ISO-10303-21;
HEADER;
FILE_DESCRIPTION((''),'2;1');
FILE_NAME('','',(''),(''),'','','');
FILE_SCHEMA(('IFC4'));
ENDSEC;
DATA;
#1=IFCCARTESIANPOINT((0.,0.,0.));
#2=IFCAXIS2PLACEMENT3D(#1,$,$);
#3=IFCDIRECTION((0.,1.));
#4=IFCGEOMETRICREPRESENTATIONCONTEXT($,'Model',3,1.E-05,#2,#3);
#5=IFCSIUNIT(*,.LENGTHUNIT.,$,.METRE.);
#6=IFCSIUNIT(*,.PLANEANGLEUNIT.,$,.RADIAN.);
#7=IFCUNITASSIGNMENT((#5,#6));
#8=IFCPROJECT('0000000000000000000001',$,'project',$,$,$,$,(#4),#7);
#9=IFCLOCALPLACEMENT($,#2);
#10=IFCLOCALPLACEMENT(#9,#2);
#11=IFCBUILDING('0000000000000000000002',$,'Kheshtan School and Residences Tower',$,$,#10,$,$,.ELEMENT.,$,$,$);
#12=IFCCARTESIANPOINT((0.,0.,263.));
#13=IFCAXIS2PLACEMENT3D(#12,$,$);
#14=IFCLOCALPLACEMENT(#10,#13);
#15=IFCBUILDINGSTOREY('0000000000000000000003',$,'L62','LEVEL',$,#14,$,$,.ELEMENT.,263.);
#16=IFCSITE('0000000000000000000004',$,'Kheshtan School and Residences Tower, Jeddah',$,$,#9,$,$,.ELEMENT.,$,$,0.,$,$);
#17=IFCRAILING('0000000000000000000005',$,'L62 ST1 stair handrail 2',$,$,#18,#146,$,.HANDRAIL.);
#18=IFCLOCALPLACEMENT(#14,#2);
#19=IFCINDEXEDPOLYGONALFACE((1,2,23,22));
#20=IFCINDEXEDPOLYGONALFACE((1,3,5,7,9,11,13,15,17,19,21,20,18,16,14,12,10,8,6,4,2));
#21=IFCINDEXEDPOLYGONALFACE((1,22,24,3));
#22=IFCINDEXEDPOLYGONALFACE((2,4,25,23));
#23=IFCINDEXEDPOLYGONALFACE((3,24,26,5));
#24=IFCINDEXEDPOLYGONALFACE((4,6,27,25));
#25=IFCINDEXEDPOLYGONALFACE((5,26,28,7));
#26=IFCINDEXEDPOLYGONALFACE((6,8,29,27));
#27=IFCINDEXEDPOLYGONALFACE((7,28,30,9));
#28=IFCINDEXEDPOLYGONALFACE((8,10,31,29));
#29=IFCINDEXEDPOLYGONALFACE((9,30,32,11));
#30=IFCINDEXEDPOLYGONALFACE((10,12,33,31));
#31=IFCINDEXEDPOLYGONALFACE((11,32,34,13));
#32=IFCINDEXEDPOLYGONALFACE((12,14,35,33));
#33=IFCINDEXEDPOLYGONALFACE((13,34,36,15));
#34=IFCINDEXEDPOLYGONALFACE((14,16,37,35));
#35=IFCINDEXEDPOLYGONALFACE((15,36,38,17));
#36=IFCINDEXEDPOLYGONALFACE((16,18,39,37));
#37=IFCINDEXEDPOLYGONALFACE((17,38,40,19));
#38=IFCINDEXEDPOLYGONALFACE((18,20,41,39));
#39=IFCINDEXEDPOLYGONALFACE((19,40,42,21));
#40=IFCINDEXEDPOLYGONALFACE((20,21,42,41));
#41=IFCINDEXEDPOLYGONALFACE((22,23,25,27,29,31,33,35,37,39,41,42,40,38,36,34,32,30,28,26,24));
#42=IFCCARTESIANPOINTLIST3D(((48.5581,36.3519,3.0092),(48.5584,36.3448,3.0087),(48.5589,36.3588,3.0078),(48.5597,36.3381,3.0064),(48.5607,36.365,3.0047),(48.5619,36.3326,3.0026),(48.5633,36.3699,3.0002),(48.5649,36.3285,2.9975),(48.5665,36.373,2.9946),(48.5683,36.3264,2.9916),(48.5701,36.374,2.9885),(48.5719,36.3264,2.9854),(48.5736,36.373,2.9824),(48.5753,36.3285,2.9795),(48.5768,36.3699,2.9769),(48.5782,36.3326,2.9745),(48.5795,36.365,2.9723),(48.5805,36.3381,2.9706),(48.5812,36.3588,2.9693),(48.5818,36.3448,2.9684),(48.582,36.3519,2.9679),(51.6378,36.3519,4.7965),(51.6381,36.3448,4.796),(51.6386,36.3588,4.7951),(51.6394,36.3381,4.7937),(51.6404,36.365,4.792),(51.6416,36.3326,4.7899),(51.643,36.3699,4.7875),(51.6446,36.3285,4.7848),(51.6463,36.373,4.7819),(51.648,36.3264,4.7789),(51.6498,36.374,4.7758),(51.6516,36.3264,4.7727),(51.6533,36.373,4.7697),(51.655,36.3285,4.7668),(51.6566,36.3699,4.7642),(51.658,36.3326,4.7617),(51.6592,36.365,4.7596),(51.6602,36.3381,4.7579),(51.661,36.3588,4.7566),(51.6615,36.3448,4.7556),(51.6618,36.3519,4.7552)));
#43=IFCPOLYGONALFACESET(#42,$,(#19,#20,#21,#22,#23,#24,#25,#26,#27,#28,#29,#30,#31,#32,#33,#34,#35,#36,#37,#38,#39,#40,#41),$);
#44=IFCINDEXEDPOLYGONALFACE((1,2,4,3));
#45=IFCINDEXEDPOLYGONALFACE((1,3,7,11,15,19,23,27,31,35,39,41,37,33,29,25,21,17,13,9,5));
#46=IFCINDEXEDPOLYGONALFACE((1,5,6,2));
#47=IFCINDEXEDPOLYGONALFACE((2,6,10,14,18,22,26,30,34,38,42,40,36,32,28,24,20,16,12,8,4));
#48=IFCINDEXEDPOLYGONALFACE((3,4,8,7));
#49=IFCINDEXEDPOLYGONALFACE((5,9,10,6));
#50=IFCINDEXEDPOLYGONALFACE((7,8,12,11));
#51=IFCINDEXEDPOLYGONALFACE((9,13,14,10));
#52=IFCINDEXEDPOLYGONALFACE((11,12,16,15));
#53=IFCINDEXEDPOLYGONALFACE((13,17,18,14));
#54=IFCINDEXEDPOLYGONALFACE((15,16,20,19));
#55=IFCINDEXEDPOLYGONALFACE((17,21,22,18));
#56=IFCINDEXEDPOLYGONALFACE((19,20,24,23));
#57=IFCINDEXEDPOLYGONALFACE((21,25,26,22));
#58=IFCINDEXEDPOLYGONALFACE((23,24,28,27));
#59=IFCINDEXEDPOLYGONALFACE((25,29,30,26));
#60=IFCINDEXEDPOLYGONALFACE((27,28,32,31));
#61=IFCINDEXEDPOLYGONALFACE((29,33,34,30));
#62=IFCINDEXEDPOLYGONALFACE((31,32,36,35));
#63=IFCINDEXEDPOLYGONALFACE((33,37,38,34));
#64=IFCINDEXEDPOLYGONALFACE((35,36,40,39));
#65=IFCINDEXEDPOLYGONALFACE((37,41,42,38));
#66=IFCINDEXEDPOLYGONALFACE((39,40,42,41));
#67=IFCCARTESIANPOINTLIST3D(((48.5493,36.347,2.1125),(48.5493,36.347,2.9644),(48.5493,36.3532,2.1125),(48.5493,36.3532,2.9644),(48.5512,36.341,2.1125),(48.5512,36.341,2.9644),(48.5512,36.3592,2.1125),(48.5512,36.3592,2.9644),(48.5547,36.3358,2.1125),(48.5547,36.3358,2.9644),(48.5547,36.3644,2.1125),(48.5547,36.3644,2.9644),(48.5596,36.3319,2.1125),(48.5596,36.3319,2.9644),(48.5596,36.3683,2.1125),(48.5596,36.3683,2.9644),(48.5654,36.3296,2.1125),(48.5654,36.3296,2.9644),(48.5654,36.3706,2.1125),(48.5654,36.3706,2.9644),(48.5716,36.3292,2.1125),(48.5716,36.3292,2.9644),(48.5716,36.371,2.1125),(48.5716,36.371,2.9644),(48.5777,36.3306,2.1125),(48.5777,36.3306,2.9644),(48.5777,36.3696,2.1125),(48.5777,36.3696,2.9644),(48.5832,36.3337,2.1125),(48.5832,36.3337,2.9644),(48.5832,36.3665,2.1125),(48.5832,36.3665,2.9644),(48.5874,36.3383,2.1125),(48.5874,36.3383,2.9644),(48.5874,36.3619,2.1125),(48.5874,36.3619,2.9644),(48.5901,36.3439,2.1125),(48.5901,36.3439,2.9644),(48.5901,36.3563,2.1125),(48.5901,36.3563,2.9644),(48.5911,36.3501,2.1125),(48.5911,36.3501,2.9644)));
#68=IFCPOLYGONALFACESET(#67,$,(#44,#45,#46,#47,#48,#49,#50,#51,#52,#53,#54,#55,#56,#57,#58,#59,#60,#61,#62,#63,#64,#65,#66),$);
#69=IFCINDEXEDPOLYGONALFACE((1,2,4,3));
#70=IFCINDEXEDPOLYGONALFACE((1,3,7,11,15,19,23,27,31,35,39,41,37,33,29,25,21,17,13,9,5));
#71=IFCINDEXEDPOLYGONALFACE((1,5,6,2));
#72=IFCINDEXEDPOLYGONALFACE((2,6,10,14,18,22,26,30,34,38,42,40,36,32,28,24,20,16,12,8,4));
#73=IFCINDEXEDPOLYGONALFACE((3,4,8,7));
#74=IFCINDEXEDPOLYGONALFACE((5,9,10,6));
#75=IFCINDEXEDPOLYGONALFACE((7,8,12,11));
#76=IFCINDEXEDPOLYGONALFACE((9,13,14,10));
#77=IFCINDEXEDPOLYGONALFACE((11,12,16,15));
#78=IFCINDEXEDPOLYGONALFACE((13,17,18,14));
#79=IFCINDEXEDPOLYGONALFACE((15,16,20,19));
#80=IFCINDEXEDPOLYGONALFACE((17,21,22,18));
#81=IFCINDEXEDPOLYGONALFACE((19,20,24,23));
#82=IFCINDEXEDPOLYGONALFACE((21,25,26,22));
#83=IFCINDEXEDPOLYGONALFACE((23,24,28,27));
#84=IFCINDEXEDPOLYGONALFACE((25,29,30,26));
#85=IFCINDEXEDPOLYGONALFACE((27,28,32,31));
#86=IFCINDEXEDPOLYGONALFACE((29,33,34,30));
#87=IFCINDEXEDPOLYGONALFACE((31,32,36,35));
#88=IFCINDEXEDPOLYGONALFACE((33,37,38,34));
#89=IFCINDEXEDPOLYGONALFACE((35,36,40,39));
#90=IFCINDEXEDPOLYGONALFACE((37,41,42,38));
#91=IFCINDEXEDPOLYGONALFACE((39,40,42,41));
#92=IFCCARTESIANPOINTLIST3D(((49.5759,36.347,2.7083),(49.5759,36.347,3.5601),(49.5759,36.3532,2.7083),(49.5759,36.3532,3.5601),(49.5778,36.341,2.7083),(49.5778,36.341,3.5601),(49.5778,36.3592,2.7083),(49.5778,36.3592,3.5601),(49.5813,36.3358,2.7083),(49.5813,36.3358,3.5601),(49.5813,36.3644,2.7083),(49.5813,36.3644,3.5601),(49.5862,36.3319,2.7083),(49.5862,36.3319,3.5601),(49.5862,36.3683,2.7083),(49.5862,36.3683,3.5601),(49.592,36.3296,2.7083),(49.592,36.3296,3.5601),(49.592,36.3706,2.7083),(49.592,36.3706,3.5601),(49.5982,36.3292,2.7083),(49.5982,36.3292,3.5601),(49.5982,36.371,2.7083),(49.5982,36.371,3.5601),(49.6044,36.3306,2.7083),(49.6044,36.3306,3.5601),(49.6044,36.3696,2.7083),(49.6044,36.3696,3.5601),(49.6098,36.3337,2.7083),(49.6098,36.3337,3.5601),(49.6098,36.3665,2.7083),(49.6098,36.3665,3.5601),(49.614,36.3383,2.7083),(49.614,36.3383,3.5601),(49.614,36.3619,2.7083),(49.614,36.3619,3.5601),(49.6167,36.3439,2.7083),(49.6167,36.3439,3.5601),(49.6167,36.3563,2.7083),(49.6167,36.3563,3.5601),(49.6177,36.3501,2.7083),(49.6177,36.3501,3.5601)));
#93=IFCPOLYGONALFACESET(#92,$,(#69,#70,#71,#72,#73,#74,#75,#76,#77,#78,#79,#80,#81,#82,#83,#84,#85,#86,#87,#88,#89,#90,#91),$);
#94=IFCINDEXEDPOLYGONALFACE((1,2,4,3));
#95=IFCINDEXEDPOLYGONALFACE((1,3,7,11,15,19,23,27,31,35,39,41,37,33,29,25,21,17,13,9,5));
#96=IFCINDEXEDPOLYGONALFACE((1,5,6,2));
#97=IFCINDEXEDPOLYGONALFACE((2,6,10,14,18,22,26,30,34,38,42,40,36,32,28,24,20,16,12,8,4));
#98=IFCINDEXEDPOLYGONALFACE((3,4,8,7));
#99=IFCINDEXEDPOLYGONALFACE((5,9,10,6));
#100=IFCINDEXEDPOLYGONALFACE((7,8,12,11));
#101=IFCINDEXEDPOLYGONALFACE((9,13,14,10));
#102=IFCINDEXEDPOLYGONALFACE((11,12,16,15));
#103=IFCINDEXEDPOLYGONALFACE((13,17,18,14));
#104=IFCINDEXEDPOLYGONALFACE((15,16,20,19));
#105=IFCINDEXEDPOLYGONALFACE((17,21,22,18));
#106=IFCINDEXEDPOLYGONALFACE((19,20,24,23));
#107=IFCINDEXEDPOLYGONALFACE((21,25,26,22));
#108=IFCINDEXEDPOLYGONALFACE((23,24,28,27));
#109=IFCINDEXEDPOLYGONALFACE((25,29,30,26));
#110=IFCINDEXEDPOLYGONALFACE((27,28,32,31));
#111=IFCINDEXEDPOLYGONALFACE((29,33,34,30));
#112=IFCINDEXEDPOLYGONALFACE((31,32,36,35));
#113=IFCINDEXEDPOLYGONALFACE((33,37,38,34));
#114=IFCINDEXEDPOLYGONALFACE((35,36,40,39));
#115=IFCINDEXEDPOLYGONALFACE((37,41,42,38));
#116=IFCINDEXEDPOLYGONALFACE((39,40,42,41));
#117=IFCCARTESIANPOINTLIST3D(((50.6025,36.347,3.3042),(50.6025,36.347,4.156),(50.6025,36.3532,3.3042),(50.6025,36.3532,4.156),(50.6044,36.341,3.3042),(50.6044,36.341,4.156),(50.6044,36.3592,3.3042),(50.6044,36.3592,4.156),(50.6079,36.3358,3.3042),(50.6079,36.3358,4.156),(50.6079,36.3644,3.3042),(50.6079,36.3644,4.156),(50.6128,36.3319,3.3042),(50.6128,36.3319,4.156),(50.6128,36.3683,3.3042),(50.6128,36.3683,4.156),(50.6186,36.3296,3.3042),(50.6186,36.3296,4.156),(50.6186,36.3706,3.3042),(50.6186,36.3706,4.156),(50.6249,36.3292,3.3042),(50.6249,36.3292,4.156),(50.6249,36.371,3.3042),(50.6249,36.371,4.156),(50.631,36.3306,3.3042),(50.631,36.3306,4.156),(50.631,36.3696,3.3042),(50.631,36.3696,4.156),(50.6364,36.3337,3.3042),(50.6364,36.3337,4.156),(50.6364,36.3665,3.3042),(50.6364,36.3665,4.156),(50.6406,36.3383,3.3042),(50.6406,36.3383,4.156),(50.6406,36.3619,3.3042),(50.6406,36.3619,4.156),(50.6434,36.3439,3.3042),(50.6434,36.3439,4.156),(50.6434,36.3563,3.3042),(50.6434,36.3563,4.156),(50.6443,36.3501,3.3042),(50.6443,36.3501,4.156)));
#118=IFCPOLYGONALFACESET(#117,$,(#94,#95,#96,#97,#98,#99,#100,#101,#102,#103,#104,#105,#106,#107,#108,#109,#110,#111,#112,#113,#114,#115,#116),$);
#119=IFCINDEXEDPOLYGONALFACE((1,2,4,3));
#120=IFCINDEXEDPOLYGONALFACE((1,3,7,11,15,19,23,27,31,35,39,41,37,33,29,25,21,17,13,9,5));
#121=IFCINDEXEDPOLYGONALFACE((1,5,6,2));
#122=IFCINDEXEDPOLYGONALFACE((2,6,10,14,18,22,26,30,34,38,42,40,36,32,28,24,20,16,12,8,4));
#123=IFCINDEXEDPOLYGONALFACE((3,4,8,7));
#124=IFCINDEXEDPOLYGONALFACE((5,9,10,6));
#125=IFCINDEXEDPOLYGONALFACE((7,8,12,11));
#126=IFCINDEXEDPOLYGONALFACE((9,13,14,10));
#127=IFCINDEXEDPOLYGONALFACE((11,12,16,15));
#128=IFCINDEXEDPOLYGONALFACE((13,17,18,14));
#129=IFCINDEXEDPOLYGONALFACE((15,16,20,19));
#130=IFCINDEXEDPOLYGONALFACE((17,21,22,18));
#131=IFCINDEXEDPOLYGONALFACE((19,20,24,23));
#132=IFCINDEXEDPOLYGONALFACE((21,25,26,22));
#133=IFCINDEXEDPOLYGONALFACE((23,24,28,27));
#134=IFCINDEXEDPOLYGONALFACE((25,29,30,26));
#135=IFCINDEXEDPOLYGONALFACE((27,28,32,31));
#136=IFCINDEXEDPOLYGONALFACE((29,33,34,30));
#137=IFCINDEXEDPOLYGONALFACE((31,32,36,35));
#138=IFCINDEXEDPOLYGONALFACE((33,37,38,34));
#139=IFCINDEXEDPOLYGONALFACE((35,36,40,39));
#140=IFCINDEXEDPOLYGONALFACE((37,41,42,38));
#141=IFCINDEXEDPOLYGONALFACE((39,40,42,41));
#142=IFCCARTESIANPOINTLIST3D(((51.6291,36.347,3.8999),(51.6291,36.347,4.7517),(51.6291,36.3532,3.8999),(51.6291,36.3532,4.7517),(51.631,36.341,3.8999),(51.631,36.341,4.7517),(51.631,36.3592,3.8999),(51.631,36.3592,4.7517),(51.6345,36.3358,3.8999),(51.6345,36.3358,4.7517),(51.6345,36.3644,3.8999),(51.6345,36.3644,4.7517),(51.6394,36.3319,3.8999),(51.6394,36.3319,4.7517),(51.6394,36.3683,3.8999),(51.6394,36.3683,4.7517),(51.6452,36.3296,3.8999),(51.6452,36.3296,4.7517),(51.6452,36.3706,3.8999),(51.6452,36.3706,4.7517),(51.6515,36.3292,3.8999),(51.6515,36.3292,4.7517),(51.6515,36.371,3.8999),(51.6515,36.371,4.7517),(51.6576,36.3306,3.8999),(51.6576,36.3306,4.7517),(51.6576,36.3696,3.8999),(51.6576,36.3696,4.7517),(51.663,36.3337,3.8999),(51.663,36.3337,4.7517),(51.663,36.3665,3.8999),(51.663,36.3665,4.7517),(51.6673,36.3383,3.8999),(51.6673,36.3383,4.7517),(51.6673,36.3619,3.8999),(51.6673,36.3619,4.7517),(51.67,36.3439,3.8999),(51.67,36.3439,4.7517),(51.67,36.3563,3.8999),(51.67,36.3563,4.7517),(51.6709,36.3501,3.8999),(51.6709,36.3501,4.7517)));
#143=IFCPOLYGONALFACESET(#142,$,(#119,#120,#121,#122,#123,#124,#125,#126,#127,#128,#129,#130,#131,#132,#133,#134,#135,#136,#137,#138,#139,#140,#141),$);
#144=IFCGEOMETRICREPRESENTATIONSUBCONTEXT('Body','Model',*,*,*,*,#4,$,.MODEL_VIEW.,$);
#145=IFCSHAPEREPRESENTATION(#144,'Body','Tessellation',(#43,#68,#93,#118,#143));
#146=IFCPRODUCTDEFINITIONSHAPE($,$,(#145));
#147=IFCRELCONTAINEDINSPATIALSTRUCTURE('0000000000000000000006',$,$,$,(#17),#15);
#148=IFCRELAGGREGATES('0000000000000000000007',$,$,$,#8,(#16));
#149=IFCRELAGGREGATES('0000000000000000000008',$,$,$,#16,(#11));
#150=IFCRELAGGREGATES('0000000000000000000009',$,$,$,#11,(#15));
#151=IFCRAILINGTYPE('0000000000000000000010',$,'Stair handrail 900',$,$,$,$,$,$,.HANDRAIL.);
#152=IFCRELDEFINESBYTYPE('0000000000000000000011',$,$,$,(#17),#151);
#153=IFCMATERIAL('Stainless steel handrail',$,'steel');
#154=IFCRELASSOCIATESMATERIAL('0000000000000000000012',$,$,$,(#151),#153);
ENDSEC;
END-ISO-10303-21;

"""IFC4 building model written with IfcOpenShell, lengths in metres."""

from ifc_helpers import new_model, si_unit, direction, frame, origin, origin_2d, place, context, subcontext, project, spatial, circle, extrude, material, type_object, element, save


model = new_model("IFC4")

# Units and contexts
model_context = context("Model", 3, precision=1e-05, world=origin(), true_north=direction((0.0, 1.0)))
body_context = subcontext(model_context, "Body", "Model", "MODEL_VIEW")
ifc_project = project(units=[si_unit("LENGTHUNIT", "METRE"), si_unit("PLANEANGLEUNIT", "RADIAN")], contexts=[model_context])

# Site, building, storey
site_placement = place(None, origin())
site = spatial("IfcSite", under=ifc_project, at=site_placement, Name="Kheshtan School and Residences Tower, Jeddah", CompositionType="ELEMENT", RefElevation=0.0)
building_placement = place(site_placement, origin())
building = spatial("IfcBuilding", under=site, at=building_placement, Name="Kheshtan School and Residences Tower", CompositionType="ELEMENT")
storey_placement = place(building_placement, frame((0.0, 0.0, 263.0)))
storey = spatial("IfcBuildingStorey", under=building, at=storey_placement, Name="L62", Description="LEVEL", CompositionType="ELEMENT", Elevation=263.0)

# Railing
ifc_material_1 = material(Name="Stainless steel handrail", Category="steel")
railing_type_1 = type_object("IfcRailingType", Name="Stair handrail 900", PredefinedType="HANDRAIL", material=ifc_material_1)
railing_1_placement = place(storey_placement, frame((48.5701, 36.3501, 2.1125)))
element("IfcRailing", 1, at=railing_1_placement, inside=storey, type_object=railing_type_1, Name="L62 ST1 stair handrail 2", PredefinedType="HANDRAIL", context=body_context, shape_type="SweptSolid", body=[
    extrude(circle(Radius=0.0239, at=origin_2d()), frame((0.0, 0.0, 0.876), z_axis=(0.864903, 0.0, 0.501939), x_axis=(0.0, 1.0, 0.0)), (0.0, 0.0, 1.0), 3.5608),
    extrude(circle(Radius=0.021, at=origin_2d()), origin(), (0.0, 0.0, 1.0), 0.8518),
    extrude(circle(Radius=0.021, at=origin_2d()), frame((1.0266, 0.0, 0.5957)), (0.0, 0.0, 1.0), 0.8518),
    extrude(circle(Radius=0.021, at=origin_2d()), frame((2.0532, 0.0, 1.1917)), (0.0, 0.0, 1.0), 0.8518),
    extrude(circle(Radius=0.021, at=origin_2d()), frame((3.0798, 0.0, 1.7874)), (0.0, 0.0, 1.0), 0.8518),
])

save(model, "model.ifc")
